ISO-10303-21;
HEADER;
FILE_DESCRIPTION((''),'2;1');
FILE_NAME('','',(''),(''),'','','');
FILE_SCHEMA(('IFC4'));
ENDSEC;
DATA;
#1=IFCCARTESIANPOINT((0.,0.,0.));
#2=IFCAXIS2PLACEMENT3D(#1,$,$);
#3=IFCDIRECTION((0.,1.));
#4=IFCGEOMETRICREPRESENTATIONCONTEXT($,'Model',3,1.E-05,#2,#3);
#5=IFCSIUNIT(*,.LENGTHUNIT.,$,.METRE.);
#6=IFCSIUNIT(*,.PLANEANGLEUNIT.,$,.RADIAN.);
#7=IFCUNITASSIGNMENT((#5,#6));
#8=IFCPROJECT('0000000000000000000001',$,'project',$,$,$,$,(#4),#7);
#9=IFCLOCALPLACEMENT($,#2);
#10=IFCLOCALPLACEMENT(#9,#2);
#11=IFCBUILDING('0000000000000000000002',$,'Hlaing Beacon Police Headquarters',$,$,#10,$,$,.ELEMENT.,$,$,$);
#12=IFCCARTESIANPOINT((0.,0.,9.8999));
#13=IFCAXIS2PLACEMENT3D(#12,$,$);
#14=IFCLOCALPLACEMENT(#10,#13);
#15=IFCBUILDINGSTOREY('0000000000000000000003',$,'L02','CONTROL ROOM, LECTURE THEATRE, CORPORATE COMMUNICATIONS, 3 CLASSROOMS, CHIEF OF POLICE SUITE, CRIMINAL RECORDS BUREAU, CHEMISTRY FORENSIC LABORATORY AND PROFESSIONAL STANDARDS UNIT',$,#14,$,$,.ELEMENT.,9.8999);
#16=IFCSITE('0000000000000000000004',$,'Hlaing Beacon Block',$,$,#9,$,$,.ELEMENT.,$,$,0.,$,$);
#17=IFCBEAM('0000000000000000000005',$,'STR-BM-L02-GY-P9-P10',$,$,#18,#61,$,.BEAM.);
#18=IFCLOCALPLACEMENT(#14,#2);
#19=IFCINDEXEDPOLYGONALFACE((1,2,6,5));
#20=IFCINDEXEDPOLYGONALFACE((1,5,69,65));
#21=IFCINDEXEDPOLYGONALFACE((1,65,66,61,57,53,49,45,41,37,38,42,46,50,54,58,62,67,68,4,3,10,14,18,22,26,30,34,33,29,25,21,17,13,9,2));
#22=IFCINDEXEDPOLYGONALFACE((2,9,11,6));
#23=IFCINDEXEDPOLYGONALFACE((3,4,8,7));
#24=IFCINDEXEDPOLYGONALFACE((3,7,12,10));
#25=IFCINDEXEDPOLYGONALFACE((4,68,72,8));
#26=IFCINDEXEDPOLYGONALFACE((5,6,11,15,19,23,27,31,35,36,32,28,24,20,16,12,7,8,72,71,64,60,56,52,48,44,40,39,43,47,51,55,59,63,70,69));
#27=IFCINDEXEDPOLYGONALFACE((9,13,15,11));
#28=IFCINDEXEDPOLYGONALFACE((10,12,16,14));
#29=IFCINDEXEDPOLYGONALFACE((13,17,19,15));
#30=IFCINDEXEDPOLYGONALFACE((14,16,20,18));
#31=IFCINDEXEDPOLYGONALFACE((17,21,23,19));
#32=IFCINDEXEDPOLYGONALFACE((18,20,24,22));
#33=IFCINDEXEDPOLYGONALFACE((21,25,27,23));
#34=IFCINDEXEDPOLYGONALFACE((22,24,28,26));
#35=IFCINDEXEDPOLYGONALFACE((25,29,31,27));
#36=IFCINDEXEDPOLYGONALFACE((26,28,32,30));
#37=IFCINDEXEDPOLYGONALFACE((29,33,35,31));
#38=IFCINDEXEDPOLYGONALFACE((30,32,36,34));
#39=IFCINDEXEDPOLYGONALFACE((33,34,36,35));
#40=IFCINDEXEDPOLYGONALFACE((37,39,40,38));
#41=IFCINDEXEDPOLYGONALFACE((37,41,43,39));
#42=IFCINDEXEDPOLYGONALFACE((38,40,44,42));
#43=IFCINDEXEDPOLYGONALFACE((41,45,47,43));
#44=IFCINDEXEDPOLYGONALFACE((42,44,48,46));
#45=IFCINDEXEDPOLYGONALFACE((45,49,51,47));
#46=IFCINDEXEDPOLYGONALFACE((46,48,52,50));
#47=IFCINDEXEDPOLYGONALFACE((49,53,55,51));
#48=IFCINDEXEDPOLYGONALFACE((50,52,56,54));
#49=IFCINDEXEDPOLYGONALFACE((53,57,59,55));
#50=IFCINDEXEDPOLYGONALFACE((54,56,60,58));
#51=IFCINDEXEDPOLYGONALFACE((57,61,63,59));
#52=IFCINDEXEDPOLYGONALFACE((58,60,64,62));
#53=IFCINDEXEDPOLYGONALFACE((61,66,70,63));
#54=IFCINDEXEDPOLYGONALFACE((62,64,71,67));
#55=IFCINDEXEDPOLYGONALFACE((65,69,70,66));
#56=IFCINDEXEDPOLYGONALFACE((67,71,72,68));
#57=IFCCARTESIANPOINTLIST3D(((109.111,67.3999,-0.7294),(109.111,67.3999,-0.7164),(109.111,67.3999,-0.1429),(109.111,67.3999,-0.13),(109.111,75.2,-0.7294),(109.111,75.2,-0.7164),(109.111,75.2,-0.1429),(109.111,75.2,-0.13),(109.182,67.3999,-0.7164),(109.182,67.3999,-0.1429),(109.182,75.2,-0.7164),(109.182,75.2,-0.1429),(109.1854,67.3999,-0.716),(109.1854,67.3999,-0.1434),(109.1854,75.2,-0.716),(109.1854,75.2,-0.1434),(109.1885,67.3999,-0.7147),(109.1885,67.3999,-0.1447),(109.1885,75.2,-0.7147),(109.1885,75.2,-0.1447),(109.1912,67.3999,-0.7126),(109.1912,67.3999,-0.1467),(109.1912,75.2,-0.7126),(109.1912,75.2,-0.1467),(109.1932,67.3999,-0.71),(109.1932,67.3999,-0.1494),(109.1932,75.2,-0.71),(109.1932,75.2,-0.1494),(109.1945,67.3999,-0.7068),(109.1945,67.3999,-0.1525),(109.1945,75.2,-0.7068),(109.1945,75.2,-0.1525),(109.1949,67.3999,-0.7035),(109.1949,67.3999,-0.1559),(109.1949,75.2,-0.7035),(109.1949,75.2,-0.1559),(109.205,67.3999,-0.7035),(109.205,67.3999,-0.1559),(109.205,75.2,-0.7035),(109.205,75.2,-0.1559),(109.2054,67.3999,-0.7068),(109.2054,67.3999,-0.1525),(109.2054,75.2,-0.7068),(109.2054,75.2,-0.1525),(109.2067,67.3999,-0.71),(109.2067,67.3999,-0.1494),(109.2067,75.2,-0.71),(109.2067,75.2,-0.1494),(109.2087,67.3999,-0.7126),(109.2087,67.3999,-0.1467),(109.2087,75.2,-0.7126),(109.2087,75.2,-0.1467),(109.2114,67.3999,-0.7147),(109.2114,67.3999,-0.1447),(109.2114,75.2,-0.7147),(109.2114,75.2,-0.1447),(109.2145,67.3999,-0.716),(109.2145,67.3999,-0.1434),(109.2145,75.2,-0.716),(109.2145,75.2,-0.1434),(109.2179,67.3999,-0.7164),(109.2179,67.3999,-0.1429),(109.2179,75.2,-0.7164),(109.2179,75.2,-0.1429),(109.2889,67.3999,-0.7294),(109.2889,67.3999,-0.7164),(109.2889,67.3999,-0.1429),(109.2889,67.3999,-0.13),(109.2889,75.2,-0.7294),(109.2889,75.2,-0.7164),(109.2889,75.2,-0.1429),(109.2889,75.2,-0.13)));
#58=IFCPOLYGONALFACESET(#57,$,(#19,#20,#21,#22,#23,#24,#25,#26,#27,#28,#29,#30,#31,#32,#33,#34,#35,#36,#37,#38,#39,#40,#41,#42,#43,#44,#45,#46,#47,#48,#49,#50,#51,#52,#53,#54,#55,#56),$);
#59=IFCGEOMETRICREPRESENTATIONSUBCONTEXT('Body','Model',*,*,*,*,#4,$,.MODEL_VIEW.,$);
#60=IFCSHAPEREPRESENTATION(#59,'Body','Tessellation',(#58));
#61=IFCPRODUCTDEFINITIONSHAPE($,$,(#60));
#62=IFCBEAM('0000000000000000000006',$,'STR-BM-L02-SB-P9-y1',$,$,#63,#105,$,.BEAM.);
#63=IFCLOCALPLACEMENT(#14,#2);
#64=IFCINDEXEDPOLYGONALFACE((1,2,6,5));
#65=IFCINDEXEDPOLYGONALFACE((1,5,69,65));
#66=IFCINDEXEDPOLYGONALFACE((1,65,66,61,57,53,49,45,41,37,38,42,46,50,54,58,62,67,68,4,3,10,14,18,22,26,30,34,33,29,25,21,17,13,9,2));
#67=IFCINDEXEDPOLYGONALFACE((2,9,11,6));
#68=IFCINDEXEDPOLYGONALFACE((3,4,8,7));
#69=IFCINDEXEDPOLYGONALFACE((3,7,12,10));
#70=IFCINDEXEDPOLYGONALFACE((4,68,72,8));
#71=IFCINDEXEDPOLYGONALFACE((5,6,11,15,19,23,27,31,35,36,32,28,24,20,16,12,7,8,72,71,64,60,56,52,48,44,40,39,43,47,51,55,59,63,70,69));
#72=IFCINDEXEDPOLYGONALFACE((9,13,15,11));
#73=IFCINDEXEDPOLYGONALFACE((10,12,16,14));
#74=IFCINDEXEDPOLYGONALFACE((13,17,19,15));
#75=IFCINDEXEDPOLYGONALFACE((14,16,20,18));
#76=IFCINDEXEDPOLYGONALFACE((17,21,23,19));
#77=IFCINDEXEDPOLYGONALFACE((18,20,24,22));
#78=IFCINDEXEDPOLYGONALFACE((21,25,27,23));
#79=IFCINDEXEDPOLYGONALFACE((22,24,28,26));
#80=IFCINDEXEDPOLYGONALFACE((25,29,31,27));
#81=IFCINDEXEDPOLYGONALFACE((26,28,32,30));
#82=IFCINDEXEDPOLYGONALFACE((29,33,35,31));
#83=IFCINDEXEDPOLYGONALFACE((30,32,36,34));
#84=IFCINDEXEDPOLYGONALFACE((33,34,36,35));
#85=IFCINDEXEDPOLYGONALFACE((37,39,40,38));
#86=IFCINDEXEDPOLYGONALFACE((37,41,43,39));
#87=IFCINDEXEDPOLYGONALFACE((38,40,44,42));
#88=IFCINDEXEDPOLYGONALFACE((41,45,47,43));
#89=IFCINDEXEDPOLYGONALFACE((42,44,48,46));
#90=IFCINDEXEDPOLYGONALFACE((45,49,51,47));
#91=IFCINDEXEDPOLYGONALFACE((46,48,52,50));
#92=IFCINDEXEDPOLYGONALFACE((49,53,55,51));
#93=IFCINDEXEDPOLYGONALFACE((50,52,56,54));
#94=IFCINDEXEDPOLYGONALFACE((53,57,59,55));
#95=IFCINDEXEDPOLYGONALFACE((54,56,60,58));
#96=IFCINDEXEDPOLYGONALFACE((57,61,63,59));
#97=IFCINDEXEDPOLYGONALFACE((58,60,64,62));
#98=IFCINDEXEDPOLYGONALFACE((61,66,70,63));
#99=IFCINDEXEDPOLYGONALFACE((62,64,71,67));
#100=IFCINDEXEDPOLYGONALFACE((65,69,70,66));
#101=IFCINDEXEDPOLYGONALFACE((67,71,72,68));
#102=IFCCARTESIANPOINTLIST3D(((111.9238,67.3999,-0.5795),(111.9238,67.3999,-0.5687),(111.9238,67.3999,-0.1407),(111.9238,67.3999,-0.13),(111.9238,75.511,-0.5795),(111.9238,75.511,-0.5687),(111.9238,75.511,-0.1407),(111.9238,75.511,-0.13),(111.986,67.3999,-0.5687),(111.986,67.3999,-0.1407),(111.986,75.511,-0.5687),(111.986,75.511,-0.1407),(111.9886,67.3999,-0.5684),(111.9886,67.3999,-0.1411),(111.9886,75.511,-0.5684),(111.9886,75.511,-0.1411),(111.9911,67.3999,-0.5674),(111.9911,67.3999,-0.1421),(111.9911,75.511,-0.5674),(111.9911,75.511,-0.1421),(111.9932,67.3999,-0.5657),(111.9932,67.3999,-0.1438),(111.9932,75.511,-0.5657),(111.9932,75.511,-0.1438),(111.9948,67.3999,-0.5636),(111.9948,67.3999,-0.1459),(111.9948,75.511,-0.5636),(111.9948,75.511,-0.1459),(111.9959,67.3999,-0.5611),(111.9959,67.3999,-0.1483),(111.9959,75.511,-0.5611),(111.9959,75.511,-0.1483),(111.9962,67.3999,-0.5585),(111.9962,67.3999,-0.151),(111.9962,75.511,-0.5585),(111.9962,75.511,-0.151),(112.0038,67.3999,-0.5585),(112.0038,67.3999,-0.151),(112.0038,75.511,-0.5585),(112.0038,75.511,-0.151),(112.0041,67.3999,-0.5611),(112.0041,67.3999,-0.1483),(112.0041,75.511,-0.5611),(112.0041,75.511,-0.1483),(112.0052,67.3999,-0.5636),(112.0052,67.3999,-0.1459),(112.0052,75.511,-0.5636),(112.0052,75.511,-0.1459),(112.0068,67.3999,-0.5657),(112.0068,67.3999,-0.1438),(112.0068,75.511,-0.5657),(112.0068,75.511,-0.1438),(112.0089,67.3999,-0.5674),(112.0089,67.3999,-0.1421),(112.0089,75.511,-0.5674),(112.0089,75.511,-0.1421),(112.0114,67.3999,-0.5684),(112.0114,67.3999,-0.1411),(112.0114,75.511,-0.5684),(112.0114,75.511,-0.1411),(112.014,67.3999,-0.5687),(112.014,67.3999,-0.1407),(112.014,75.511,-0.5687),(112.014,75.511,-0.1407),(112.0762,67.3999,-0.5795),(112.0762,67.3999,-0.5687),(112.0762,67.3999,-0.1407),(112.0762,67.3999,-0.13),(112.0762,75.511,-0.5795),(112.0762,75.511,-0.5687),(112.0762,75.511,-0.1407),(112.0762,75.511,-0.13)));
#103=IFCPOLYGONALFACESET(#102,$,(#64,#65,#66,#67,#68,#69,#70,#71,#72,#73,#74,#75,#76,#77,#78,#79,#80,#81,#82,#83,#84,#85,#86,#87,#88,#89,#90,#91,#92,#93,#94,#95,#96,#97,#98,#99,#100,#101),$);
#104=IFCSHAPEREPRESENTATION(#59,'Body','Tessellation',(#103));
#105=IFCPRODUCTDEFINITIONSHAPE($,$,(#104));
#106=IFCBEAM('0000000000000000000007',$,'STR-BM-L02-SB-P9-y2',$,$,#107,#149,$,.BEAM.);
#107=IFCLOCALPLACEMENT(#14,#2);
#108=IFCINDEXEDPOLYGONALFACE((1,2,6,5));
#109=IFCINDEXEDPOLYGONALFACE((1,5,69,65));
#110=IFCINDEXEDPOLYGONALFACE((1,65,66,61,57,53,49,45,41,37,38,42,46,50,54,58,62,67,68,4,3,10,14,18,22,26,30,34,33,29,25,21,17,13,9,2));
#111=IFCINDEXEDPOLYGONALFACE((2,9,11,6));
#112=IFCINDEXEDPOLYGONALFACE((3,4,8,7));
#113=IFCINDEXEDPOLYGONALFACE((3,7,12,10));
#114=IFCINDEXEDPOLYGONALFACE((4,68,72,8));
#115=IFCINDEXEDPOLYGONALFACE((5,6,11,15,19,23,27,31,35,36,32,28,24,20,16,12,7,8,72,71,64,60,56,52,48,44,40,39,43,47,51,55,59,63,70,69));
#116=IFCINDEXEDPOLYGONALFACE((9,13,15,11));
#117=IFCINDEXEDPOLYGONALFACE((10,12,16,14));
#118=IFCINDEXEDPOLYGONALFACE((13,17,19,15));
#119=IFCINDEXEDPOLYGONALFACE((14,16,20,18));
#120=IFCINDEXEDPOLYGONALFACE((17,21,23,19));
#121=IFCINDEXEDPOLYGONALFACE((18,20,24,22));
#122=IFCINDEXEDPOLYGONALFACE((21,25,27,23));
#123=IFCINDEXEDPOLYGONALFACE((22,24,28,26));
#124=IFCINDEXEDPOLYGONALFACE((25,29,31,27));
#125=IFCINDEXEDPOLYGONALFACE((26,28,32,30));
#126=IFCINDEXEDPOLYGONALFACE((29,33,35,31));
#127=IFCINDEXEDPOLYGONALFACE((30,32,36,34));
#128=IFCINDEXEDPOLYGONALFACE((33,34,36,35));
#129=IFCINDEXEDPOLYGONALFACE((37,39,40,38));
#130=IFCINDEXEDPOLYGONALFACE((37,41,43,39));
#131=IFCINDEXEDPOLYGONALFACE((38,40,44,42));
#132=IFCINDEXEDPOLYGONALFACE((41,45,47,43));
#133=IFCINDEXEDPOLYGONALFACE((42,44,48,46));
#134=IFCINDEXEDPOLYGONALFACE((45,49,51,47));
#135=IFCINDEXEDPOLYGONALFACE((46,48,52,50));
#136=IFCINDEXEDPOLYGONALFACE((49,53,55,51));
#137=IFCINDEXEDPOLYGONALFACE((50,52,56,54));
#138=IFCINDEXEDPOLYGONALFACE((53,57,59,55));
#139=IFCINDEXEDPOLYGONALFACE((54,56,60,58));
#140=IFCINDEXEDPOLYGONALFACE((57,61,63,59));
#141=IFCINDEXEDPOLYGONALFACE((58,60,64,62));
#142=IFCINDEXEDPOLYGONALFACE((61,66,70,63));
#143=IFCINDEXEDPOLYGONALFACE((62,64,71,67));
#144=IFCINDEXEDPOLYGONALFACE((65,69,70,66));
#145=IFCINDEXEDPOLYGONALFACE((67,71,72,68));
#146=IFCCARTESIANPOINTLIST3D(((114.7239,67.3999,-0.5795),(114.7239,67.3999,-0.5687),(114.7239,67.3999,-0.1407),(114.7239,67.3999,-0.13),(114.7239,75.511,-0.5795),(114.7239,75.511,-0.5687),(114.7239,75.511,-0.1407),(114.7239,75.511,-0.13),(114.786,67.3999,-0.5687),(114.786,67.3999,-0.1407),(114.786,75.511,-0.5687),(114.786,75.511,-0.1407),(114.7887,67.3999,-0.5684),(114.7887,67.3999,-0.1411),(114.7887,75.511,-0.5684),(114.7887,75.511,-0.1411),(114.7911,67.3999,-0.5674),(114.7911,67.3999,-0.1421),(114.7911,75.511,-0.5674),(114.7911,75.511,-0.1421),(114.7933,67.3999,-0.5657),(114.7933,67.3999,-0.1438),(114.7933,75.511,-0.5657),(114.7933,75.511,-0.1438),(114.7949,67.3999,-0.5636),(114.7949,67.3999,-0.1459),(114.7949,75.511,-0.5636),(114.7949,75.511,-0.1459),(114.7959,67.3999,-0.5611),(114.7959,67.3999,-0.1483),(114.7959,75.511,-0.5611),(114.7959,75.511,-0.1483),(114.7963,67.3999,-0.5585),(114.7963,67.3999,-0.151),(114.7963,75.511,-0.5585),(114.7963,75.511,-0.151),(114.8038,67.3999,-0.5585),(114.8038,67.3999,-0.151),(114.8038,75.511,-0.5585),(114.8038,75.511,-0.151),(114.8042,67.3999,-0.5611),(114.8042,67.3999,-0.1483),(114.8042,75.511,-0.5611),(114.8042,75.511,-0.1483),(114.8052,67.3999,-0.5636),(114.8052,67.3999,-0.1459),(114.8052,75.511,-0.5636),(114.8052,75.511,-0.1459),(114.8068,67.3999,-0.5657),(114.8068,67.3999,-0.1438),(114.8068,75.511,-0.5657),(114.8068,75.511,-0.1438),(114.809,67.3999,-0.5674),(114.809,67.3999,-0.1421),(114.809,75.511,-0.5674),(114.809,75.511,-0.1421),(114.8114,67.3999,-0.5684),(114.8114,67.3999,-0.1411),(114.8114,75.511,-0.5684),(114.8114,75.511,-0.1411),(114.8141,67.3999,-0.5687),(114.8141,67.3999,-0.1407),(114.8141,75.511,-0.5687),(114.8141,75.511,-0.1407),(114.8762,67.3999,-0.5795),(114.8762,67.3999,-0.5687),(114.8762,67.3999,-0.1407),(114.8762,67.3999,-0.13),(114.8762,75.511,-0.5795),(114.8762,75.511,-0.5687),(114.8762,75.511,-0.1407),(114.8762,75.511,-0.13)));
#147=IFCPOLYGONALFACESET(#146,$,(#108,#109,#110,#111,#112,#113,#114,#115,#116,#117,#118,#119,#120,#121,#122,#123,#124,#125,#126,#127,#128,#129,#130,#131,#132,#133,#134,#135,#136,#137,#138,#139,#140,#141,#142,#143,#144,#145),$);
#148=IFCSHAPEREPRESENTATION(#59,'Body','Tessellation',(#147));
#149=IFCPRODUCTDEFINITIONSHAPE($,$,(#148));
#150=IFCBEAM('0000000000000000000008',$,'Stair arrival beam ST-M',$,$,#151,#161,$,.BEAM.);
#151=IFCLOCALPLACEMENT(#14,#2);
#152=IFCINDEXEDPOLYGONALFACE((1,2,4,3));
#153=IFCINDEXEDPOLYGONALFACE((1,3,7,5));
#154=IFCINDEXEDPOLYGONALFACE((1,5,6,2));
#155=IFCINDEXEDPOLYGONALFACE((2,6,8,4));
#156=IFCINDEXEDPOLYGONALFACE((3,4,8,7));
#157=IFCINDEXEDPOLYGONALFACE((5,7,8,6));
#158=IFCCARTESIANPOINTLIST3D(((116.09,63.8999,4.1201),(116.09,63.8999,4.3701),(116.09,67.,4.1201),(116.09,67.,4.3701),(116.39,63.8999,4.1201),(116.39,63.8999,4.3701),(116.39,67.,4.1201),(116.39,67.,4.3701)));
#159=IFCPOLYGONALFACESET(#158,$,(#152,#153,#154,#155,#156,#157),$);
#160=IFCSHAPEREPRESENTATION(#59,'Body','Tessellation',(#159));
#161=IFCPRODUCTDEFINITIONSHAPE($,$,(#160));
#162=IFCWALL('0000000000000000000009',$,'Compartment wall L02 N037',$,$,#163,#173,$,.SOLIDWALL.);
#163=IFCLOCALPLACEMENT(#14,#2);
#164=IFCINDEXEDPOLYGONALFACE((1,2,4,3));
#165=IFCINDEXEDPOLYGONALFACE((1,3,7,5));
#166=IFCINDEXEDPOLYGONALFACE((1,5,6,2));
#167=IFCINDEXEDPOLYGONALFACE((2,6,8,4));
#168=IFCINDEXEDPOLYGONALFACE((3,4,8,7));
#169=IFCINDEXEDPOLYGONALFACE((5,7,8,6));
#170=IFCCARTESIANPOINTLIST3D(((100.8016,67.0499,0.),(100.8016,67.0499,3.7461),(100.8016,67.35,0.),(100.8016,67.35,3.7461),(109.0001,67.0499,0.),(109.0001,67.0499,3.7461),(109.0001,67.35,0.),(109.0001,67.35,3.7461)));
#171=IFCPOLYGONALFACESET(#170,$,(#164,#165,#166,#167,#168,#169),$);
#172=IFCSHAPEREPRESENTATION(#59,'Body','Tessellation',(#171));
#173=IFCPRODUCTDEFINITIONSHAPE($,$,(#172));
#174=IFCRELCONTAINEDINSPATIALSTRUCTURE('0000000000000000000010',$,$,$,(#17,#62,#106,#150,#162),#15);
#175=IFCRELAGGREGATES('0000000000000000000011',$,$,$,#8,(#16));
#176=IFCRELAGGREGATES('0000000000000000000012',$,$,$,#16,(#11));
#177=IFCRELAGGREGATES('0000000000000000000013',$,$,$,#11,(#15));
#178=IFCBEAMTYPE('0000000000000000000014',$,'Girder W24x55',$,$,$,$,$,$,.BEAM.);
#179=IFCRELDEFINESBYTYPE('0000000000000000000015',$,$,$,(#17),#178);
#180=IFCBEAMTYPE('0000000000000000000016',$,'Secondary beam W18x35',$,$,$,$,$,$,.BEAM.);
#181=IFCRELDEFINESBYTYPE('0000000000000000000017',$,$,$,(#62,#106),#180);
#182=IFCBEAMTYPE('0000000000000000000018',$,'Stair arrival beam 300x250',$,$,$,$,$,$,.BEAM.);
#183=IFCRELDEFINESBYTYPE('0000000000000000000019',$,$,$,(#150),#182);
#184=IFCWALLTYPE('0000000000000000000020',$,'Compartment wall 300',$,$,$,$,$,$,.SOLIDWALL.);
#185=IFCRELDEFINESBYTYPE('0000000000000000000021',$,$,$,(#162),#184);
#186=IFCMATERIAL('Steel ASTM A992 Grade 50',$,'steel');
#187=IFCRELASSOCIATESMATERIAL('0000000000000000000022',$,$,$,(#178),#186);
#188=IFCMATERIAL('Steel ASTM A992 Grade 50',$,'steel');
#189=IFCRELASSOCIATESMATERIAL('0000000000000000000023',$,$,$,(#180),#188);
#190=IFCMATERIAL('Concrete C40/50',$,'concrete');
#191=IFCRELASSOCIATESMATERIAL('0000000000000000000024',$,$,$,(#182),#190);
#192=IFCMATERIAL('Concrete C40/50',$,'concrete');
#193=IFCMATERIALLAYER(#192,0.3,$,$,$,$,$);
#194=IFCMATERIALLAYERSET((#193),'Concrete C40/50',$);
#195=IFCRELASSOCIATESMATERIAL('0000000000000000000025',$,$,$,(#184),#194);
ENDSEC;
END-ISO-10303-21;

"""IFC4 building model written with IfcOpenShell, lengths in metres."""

from ifc_helpers import new_model, si_unit, direction, frame, frame_2d, origin, origin_2d, place, context, subcontext, project, spatial, rectangle, i_section, extrude, material, layer, layer_set, material_profile, profile_set, type_object, element, save


model = new_model("IFC4")

# Units and contexts
model_context = context("Model", 3, precision=1e-05, world=origin(), true_north=direction((0.0, 1.0)))
body_context = subcontext(model_context, "Body", "Model", "MODEL_VIEW")
ifc_project = project(units=[si_unit("LENGTHUNIT", "METRE"), si_unit("PLANEANGLEUNIT", "RADIAN")], contexts=[model_context])

# Site, building, storey
site_placement = place(None, origin())
site = spatial("IfcSite", under=ifc_project, at=site_placement, Name="Hlaing Beacon Block", CompositionType="ELEMENT", RefElevation=0.0)
building_placement = place(site_placement, origin())
building = spatial("IfcBuilding", under=site, at=building_placement, Name="Hlaing Beacon Police Headquarters", CompositionType="ELEMENT")
storey_placement = place(building_placement, frame((0.0, 0.0, 9.8999)))
storey = spatial("IfcBuildingStorey", under=building, at=storey_placement, Name="L02", Description="CONTROL ROOM, LECTURE THEATRE, CORPORATE COMMUNICATIONS, 3 CLASSROOMS, CHIEF OF POLICE SUITE, CRIMINAL RECORDS BUREAU, CHEMISTRY FORENSIC LABORATORY AND PROFESSIONAL STANDARDS UNIT", CompositionType="ELEMENT", Elevation=9.8999)

# Beams
ifc_material_1 = material(Name="Steel ASTM A992 Grade 50", Category="steel")
ifc_material_profile_1 = material_profile(ifc_material_1, i_section(OverallWidth=0.178, OverallDepth=0.5994, WebThickness=0.01, FlangeThickness=0.0129, FilletRadius=0.0129, at=origin_2d()), Name="W24x55")
ifc_profile_set_1 = profile_set([ifc_material_profile_1], Name="Steel ASTM A992 Grade 50")
beam_type_1 = type_object("IfcBeamType", Name="Girder W24x55", PredefinedType="BEAM", material=ifc_profile_set_1)
beam_1_placement = place(storey_placement, frame((109.2, 67.3999, -0.4297), z_axis=(0.0, 1.0, 0.0), x_axis=(-1.0, 0.0, 0.0)))
element("IfcBeam", 1, at=beam_1_placement, inside=storey, type_object=beam_type_1, Name="STR-BM-L02-GY-P9-P10", PredefinedType="BEAM", context=body_context, shape_type="SweptSolid", body=[
    extrude(i_section(OverallWidth=0.178, OverallDepth=0.5994, WebThickness=0.01, FlangeThickness=0.0129, FilletRadius=0.0129, at=origin_2d()), origin(), (0.0, 0.0, 1.0), 7.8),
])
ifc_material_2 = material(Name="Steel ASTM A992 Grade 50", Category="steel")
ifc_material_profile_2 = material_profile(ifc_material_2, i_section(OverallWidth=0.1523, OverallDepth=0.4495, WebThickness=0.0076, FlangeThickness=0.0107, FilletRadius=0.0103, at=origin_2d()), Name="W18x35")
ifc_profile_set_2 = profile_set([ifc_material_profile_2], Name="Steel ASTM A992 Grade 50")
beam_type_2 = type_object("IfcBeamType", Name="Secondary beam W18x35", PredefinedType="BEAM", material=ifc_profile_set_2)
for number, where, z_axis, x_axis, name in (
    (2, (112.0, 67.3999, -0.3547), (0.0, 1.0, 0.0), (-1.0, 0.0, 0.0), "STR-BM-L02-SB-P9-y1"),
    (3, (114.8, 67.3999, -0.3547), (0.0, 1.0, 0.0), (-1.0, 0.0, 0.0), "STR-BM-L02-SB-P9-y2"),
):
    element("IfcBeam", number, at=place(storey_placement, frame(where, z_axis=z_axis, x_axis=x_axis)), inside=storey, type_object=beam_type_2, Name=name, PredefinedType="BEAM", context=body_context, shape_type="SweptSolid", body=[
        extrude(i_section(OverallWidth=0.1523, OverallDepth=0.4495, WebThickness=0.0076, FlangeThickness=0.0107, FilletRadius=0.0103, at=origin_2d()), origin(), (0.0, 0.0, 1.0), 8.1111),
    ])
ifc_material_3 = material(Name="Concrete C40/50", Category="concrete")
ifc_material_profile_3 = material_profile(ifc_material_3, rectangle(XDim=0.3, YDim=0.25, at=origin_2d()), Name="Stair arrival beam 300x250")
ifc_profile_set_3 = profile_set([ifc_material_profile_3], Name="Concrete C40/50")
beam_type_3 = type_object("IfcBeamType", Name="Stair arrival beam 300x250", PredefinedType="BEAM", material=ifc_profile_set_3)
beam_2_placement = place(storey_placement, frame((116.24, 67.0, 4.2451), z_axis=(0.0, -1.0, 0.0), x_axis=(1.0, 0.0, 0.0)))
element("IfcBeam", 4, at=beam_2_placement, inside=storey, type_object=beam_type_3, Name="Stair arrival beam ST-M", PredefinedType="BEAM", context=body_context, shape_type="SweptSolid", body=[
    extrude(rectangle(XDim=0.3, YDim=0.25, at=origin_2d()), origin(), (0.0, 0.0, 1.0), 3.1001),
])

# Wall
ifc_material_4 = material(Name="Concrete C40/50", Category="concrete")
ifc_layer_1 = layer(ifc_material_4, 0.3)
ifc_layer_set_1 = layer_set([ifc_layer_1], Name="Concrete C40/50")
wall_type_1 = type_object("IfcWallType", Name="Compartment wall 300", PredefinedType="SOLIDWALL", material=ifc_layer_set_1)
wall_1_placement = place(storey_placement, frame((109.0, 67.2, 0.0), z_axis=(0.0, 0.0, 1.0), x_axis=(-1.0, 0.0, 0.0)))
element("IfcWall", 5, at=wall_1_placement, inside=storey, type_object=wall_type_1, Name="Compartment wall L02 N037", PredefinedType="SOLIDWALL", context=body_context, shape_type="SweptSolid", body=[
    extrude(rectangle(XDim=8.1985, YDim=0.3, at=frame_2d((4.0991, 0.0))), origin(), (0.0, 0.0, 1.0), 3.7461),
])

save(model, "model.ifc")
